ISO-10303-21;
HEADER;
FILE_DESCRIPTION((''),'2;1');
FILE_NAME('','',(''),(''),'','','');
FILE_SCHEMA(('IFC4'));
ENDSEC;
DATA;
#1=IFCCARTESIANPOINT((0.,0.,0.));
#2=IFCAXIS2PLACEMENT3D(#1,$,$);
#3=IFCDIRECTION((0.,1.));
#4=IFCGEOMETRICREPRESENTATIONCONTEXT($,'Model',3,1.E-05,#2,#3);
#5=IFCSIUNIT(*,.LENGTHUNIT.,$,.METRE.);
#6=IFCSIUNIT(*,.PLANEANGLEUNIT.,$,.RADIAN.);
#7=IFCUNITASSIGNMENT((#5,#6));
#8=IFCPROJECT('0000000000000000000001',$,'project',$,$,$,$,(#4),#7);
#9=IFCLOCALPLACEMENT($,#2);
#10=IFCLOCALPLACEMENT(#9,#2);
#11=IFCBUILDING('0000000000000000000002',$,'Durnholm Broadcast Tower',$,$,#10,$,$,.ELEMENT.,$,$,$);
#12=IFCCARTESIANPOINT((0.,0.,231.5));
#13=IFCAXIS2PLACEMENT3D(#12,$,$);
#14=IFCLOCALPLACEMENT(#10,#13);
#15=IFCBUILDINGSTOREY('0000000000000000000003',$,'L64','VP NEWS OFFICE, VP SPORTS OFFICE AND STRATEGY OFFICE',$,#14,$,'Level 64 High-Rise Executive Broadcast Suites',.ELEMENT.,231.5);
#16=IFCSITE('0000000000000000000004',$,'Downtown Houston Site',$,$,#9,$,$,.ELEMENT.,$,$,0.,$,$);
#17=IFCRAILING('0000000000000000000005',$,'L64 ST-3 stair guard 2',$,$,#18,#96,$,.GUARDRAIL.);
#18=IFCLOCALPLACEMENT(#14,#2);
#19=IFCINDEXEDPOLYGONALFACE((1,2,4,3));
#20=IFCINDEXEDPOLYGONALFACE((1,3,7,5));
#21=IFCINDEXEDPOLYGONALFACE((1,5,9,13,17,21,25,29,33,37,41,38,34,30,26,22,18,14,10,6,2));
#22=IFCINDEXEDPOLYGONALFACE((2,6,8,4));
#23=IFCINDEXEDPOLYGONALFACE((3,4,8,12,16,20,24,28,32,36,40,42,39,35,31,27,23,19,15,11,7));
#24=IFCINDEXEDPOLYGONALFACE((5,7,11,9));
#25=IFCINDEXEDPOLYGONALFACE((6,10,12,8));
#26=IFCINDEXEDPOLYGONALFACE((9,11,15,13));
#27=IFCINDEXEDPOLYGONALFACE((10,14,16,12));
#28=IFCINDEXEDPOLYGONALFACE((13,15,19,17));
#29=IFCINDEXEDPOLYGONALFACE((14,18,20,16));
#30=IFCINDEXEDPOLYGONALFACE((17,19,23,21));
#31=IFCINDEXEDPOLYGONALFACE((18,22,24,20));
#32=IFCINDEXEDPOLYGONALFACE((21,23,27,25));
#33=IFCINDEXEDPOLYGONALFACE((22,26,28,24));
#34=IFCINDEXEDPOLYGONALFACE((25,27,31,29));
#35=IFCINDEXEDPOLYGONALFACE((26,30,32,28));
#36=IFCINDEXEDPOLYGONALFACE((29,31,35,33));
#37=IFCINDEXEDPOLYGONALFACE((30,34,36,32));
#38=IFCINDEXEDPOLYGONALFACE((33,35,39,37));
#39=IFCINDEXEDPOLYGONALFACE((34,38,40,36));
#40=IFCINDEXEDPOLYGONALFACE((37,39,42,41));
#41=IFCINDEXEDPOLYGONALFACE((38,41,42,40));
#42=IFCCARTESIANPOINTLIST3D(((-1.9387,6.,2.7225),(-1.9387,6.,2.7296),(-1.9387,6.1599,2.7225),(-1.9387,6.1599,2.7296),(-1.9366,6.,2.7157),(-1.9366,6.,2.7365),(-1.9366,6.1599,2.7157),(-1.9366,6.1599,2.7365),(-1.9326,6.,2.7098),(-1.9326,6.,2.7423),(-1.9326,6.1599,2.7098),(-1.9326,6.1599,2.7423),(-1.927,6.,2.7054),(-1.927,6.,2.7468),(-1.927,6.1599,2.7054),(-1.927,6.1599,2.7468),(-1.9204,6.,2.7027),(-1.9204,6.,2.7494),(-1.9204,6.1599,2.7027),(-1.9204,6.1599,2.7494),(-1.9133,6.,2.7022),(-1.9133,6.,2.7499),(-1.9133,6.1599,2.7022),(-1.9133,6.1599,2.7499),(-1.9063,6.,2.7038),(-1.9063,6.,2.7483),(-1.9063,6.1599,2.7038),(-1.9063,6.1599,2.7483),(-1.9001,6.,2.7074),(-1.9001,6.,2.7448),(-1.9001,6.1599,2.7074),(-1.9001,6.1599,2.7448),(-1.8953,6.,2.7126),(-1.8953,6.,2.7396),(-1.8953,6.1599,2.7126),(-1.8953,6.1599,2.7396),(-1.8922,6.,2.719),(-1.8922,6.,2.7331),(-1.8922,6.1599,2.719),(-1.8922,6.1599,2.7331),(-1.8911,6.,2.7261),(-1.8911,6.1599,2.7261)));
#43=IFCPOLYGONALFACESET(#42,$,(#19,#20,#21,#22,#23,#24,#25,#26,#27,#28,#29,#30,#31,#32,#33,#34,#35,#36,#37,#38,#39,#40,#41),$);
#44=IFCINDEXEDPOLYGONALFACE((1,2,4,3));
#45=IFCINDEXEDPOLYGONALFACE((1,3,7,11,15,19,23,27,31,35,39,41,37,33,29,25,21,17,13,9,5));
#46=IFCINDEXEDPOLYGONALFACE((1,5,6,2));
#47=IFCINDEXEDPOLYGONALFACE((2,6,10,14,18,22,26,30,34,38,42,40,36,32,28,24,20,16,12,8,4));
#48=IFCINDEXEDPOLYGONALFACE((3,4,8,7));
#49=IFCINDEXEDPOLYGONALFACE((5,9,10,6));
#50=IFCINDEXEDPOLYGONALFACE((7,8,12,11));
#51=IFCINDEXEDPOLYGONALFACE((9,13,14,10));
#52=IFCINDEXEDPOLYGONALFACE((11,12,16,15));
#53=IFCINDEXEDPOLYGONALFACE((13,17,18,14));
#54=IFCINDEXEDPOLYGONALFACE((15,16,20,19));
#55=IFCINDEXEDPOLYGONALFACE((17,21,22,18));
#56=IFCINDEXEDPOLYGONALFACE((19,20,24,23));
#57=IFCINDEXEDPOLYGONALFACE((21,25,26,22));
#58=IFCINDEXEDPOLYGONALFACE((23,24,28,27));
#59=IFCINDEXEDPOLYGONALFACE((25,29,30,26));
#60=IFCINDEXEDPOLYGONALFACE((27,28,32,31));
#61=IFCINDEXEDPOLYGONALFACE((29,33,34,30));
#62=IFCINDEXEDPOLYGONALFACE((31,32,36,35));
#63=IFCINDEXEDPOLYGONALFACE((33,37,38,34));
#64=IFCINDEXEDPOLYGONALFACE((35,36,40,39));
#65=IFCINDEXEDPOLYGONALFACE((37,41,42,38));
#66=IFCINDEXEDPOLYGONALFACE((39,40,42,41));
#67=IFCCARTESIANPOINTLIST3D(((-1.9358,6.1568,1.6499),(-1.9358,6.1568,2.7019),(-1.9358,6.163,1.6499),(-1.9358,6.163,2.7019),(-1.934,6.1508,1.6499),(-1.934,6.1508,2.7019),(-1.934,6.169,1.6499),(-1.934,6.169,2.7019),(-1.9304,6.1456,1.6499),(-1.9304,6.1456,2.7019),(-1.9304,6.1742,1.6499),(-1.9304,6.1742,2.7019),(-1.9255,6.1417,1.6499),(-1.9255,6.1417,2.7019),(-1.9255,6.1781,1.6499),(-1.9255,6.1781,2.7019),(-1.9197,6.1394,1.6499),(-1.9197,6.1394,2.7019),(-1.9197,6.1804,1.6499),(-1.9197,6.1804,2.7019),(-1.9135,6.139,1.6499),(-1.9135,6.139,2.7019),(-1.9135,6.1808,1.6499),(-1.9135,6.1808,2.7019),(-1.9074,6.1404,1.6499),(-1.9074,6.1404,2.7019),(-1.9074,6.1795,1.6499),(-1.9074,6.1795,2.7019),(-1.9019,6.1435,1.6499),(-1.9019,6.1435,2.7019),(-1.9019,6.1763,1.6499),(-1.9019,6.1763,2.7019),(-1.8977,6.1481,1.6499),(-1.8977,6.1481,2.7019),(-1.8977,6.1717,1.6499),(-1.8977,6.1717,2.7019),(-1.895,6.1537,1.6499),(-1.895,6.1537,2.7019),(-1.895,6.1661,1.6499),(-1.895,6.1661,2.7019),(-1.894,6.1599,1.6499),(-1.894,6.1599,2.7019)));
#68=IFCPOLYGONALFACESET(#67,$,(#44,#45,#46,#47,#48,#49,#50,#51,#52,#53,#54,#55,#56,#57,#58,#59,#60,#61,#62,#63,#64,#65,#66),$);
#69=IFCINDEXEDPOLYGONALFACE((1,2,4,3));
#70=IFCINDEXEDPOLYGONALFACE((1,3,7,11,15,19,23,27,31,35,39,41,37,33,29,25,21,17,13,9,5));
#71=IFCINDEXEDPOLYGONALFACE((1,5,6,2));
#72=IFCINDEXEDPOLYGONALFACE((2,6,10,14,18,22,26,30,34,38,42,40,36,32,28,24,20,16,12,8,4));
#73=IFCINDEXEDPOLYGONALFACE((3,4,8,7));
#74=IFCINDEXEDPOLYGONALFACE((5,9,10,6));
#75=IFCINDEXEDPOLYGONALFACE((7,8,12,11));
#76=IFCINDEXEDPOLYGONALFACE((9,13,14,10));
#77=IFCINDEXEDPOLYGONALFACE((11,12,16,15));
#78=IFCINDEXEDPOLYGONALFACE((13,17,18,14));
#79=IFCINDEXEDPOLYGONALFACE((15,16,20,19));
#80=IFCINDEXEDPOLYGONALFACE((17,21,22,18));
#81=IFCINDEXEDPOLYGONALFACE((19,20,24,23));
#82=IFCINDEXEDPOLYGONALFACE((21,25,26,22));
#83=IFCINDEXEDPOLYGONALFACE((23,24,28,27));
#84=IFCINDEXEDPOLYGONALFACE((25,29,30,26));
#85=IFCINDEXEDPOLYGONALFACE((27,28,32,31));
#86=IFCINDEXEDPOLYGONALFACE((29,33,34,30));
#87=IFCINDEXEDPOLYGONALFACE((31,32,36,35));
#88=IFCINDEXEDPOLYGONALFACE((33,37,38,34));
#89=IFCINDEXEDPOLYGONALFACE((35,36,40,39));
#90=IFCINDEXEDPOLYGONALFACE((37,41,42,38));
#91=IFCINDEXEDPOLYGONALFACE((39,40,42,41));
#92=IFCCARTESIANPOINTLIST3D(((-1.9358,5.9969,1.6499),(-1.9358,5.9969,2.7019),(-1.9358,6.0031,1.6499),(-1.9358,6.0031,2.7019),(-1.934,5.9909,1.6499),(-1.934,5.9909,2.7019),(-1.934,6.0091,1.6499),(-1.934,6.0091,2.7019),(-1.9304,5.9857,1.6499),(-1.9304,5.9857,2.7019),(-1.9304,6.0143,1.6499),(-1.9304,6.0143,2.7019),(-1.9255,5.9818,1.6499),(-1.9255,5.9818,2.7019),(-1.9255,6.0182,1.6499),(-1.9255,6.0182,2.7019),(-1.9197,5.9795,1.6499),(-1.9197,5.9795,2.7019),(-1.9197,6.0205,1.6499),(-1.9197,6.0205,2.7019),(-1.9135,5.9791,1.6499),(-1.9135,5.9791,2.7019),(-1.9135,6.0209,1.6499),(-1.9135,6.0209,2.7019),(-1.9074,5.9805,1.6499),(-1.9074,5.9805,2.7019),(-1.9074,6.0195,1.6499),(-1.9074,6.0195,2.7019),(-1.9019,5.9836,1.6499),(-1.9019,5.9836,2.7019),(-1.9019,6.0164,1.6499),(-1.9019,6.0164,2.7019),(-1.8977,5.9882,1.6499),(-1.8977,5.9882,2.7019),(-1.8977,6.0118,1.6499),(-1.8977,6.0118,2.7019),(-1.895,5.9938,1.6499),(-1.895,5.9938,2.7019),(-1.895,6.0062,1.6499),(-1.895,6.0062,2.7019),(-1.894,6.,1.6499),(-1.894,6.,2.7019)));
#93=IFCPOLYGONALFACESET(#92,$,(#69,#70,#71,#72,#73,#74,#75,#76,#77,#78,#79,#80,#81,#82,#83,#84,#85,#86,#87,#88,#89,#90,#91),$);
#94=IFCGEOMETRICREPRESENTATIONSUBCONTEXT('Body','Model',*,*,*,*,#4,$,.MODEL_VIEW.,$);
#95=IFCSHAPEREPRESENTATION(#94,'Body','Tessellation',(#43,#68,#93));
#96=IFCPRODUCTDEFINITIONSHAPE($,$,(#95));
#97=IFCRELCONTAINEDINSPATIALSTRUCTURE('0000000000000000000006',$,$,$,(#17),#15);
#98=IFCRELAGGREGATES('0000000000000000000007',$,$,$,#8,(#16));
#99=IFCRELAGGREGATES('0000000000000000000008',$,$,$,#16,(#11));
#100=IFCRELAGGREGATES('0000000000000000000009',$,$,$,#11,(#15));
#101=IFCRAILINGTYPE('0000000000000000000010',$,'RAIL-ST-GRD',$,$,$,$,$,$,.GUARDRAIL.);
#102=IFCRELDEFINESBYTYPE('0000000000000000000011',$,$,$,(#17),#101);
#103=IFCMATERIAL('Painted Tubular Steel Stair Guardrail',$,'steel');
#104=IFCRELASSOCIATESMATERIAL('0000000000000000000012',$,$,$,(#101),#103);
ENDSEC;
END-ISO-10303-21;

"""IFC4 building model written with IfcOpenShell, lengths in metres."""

from ifc_helpers import new_model, si_unit, direction, frame, origin, origin_2d, place, context, subcontext, project, spatial, circle, extrude, material, type_object, element, save


model = new_model("IFC4")

# Units and contexts
model_context = context("Model", 3, precision=1e-05, world=origin(), true_north=direction((0.0, 1.0)))
body_context = subcontext(model_context, "Body", "Model", "MODEL_VIEW")
ifc_project = project(units=[si_unit("LENGTHUNIT", "METRE"), si_unit("PLANEANGLEUNIT", "RADIAN")], contexts=[model_context])

# Site, building, storey
site_placement = place(None, origin())
site = spatial("IfcSite", under=ifc_project, at=site_placement, Name="Downtown Houston Site", CompositionType="ELEMENT", RefElevation=0.0)
building_placement = place(site_placement, origin())
building = spatial("IfcBuilding", under=site, at=building_placement, Name="Durnholm Broadcast Tower", CompositionType="ELEMENT")
storey_placement = place(building_placement, frame((0.0, 0.0, 231.5)))
storey = spatial("IfcBuildingStorey", under=building, at=storey_placement, Name="L64", Description="VP NEWS OFFICE, VP SPORTS OFFICE AND STRATEGY OFFICE", LongName="Level 64 High-Rise Executive Broadcast Suites", CompositionType="ELEMENT", Elevation=231.5)

# Railing
ifc_material_1 = material(Name="Painted Tubular Steel Stair Guardrail", Category="steel")
railing_type_1 = type_object("IfcRailingType", Name="RAIL-ST-GRD", PredefinedType="GUARDRAIL", material=ifc_material_1)
railing_1_placement = place(storey_placement, frame((-1.915, 6.1599, 1.6499)))
element("IfcRailing", 1, at=railing_1_placement, inside=storey, type_object=railing_type_1, Name="L64 ST-3 stair guard 2", PredefinedType="GUARDRAIL", context=body_context, shape_type="SweptSolid", body=[
    extrude(circle(Radius=0.0239, at=origin_2d()), frame((0.0, 0.0, 1.0762), z_axis=(0.0, -1.0, 0.0), x_axis=(1.0, 0.0, 0.0)), (0.0, 0.0, 1.0), 0.1599),
    extrude(circle(Radius=0.021, at=origin_2d()), origin(), (0.0, 0.0, 1.0), 1.052),
    extrude(circle(Radius=0.021, at=origin_2d()), frame((0.0, -0.1599, 0.0)), (0.0, 0.0, 1.0), 1.052),
])

save(model, "model.ifc")
